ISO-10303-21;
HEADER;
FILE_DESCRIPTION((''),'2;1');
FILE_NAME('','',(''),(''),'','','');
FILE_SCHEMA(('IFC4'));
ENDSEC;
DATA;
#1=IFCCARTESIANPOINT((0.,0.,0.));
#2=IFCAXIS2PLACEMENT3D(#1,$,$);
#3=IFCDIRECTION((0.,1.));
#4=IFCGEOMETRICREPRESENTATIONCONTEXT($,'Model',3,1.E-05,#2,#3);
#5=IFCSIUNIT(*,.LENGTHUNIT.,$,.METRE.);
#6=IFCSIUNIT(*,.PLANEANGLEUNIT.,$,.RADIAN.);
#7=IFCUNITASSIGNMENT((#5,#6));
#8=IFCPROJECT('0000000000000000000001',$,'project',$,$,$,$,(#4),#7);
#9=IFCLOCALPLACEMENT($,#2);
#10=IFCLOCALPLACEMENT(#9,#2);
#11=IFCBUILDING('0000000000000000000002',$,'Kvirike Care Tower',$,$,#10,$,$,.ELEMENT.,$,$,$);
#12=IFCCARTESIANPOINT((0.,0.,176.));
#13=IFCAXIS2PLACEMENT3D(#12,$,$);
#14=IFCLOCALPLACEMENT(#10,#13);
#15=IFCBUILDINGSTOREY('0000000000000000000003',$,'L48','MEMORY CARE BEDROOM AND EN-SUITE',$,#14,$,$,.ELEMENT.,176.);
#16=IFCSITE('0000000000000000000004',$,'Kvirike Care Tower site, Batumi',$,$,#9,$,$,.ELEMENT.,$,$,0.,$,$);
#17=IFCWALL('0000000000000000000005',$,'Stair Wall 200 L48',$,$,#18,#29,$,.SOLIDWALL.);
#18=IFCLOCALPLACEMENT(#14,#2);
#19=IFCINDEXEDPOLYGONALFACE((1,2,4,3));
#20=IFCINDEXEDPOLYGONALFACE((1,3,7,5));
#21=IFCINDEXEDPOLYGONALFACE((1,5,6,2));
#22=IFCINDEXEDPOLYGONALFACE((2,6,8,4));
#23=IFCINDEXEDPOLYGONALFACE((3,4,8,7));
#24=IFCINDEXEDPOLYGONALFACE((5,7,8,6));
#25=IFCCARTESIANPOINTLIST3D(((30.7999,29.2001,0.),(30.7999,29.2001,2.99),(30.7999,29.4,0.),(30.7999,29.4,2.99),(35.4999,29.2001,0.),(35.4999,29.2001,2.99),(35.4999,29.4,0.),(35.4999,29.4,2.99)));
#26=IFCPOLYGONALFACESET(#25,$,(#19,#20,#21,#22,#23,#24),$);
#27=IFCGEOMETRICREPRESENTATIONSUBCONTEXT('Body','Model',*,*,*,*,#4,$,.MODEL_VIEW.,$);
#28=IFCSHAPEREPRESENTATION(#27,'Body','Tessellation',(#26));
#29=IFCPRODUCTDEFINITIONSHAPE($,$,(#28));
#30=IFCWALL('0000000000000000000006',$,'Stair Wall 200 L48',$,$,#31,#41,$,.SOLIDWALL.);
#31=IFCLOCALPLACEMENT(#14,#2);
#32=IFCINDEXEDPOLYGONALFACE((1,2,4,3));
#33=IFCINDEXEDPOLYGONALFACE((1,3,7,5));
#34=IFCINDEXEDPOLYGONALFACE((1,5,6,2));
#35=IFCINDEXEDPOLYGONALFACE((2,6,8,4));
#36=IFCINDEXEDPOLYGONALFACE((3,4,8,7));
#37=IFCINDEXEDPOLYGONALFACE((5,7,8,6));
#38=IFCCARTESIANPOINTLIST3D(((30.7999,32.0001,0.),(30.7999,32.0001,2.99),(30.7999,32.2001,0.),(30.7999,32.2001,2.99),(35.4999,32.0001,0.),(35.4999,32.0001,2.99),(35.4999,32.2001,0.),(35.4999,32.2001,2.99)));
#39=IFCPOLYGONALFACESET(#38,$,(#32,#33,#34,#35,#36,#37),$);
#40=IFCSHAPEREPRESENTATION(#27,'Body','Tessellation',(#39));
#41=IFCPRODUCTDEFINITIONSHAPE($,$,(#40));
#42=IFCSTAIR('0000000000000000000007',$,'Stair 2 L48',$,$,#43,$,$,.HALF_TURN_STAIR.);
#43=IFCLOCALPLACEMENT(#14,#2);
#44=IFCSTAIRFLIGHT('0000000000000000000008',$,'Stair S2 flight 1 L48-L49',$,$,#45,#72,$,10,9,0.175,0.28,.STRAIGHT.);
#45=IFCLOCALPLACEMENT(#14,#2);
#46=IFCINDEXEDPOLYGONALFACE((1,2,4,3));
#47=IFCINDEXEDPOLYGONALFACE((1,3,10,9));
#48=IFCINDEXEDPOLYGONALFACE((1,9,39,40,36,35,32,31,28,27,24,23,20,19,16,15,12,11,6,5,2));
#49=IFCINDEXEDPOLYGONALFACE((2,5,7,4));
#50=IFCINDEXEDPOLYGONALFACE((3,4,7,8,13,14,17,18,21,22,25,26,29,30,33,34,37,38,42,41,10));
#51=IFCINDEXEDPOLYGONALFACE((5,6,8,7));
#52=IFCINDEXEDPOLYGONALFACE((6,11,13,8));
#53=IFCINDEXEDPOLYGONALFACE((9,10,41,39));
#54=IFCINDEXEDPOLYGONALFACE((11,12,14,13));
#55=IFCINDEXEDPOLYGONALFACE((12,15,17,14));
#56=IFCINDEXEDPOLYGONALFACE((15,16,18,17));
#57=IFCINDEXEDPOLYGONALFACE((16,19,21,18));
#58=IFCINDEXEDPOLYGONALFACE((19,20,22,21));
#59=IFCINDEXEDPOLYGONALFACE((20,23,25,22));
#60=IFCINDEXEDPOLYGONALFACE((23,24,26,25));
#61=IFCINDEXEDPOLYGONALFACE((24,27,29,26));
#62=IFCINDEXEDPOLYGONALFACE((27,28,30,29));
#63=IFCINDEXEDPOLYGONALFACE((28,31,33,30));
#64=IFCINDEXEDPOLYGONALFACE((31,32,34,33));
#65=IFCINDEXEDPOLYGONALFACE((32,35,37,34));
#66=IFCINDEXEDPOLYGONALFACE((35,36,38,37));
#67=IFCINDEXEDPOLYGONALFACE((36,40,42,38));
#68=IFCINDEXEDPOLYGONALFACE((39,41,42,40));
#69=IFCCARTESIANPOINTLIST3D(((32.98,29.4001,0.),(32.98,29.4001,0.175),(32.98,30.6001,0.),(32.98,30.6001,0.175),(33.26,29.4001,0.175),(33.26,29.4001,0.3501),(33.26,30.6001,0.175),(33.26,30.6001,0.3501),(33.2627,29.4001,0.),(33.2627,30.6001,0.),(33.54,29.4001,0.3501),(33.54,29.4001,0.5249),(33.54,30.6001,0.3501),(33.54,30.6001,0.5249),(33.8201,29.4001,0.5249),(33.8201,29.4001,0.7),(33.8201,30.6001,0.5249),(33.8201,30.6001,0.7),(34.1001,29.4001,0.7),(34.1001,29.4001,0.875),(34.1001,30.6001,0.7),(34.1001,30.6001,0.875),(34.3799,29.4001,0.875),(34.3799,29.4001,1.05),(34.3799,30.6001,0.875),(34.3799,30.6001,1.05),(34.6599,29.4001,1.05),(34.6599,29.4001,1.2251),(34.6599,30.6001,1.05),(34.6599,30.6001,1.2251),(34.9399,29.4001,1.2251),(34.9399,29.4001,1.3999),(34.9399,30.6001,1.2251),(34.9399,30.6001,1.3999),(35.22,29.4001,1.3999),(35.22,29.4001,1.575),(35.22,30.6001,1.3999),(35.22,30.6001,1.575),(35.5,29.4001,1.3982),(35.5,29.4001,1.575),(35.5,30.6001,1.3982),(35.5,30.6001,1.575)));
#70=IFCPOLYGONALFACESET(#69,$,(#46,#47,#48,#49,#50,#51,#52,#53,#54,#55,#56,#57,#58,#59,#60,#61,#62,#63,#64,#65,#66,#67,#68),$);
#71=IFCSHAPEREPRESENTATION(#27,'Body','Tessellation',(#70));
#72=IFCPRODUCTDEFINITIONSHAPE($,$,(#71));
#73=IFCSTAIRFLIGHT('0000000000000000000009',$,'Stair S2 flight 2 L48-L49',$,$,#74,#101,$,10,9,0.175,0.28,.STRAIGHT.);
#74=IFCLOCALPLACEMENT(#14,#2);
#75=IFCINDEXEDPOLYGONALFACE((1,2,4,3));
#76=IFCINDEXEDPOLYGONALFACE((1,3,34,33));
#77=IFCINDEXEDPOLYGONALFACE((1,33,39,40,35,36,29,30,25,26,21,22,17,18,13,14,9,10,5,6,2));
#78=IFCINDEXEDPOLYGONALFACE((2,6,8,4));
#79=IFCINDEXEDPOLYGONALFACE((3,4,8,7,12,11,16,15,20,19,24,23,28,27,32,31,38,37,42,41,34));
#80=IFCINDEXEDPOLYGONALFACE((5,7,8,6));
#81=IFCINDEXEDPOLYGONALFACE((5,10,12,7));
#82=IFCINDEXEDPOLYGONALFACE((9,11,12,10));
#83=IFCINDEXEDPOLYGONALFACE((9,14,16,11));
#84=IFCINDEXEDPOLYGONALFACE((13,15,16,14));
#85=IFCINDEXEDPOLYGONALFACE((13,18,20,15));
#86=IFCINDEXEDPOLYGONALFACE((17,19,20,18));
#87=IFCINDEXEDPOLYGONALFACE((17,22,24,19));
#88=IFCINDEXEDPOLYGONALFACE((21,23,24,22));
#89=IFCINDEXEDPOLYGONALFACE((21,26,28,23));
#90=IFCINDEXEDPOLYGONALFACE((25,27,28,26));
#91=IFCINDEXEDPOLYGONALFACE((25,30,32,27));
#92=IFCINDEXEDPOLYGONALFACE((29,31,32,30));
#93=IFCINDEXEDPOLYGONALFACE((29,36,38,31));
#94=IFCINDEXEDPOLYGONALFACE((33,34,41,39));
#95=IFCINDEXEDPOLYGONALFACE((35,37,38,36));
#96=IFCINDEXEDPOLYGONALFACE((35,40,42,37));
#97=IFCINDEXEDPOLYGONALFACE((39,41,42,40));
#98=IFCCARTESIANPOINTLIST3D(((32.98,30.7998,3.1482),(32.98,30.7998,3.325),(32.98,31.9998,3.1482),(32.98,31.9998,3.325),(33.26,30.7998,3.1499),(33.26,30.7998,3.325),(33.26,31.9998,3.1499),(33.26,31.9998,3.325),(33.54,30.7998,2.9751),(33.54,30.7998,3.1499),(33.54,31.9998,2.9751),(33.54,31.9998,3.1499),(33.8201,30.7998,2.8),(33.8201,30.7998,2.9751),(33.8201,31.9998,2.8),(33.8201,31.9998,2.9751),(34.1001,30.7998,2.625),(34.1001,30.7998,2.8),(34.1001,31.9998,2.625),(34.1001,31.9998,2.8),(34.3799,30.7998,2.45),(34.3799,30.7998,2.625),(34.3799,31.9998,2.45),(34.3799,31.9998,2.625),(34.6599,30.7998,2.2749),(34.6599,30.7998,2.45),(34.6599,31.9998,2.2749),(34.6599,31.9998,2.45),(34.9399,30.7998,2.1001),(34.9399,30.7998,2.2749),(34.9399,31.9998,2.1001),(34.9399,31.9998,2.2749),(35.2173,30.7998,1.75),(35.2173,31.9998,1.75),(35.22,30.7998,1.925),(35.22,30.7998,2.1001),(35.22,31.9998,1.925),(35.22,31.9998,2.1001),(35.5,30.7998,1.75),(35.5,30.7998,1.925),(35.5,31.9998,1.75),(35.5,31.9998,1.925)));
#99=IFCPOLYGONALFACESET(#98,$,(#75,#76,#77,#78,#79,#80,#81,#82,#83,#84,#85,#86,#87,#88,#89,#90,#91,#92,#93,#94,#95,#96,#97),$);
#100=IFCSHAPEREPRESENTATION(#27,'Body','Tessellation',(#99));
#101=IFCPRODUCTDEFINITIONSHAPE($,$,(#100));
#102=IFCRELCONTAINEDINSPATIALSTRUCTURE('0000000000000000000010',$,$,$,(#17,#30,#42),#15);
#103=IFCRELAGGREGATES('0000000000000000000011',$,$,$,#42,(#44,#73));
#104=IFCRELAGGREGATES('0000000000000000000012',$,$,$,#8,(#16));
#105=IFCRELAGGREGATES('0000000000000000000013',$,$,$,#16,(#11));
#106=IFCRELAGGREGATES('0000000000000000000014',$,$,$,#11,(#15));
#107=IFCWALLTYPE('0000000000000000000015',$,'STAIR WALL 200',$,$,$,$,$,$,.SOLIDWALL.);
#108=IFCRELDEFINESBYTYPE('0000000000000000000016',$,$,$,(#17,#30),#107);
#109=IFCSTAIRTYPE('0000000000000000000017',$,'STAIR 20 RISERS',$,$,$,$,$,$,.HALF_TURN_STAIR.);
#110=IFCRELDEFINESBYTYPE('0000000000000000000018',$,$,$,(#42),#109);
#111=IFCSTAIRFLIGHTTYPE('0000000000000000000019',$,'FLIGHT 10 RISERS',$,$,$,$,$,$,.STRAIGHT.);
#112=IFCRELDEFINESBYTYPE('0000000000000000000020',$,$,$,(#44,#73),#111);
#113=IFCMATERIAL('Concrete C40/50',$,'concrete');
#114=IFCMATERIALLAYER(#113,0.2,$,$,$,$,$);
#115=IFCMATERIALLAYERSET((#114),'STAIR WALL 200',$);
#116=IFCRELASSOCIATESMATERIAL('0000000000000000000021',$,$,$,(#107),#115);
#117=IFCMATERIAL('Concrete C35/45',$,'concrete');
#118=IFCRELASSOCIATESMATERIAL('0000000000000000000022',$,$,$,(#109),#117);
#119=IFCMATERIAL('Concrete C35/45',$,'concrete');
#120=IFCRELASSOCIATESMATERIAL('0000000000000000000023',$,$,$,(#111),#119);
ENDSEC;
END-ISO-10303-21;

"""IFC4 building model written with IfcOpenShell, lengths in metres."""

from ifc_helpers import new_model, si_unit, direction, frame, frame_2d, origin, place, context, subcontext, project, spatial, polyline, rectangle, outline, extrude, material, layer, layer_set, type_object, element, aggregate, save


model = new_model("IFC4")

# Units and contexts
model_context = context("Model", 3, precision=1e-05, world=origin(), true_north=direction((0.0, 1.0)))
body_context = subcontext(model_context, "Body", "Model", "MODEL_VIEW")
ifc_project = project(units=[si_unit("LENGTHUNIT", "METRE"), si_unit("PLANEANGLEUNIT", "RADIAN")], contexts=[model_context])

# Site, building, storey
site_placement = place(None, origin())
site = spatial("IfcSite", under=ifc_project, at=site_placement, Name="Kvirike Care Tower site, Batumi", CompositionType="ELEMENT", RefElevation=0.0)
building_placement = place(site_placement, origin())
building = spatial("IfcBuilding", under=site, at=building_placement, Name="Kvirike Care Tower", CompositionType="ELEMENT")
storey_placement = place(building_placement, frame((0.0, 0.0, 176.0)))
storey = spatial("IfcBuildingStorey", under=building, at=storey_placement, Name="L48", Description="MEMORY CARE BEDROOM AND EN-SUITE", CompositionType="ELEMENT", Elevation=176.0)

# Walls
ifc_material_1 = material(Name="Concrete C40/50", Category="concrete")
ifc_layer_1 = layer(ifc_material_1, 0.2)
ifc_layer_set_1 = layer_set([ifc_layer_1], Name="STAIR WALL 200")
wall_type_1 = type_object("IfcWallType", Name="STAIR WALL 200", PredefinedType="SOLIDWALL", material=ifc_layer_set_1)
for number, where, z_axis, x_axis, name in (
    (1, (35.5, 29.3, 0.0), (0.0, 0.0, 1.0), (-1.0, 0.0, 0.0), "Stair Wall 200 L48"),
    (2, (35.5, 32.1001, 0.0), (0.0, 0.0, 1.0), (-1.0, 0.0, 0.0), "Stair Wall 200 L48"),
):
    element("IfcWall", number, at=place(storey_placement, frame(where, z_axis=z_axis, x_axis=x_axis)), inside=storey, type_object=wall_type_1, Name=name, PredefinedType="SOLIDWALL", context=body_context, shape_type="SweptSolid", body=[
        extrude(rectangle(XDim=4.7, YDim=0.2, at=frame_2d((2.3501, 0.0))), origin(), (0.0, 0.0, 1.0), 2.99),
    ])

# Stair, stair flights
ifc_material_2 = material(Name="Concrete C35/45", Category="concrete")
stair_type = type_object("IfcStairType", Name="STAIR 20 RISERS", PredefinedType="HALF_TURN_STAIR", material=ifc_material_2)
stair_placement = place(storey_placement, origin())
stair = element("IfcStair", 3, at=stair_placement, inside=storey, type_object=stair_type, Name="Stair 2 L48", PredefinedType="HALF_TURN_STAIR")
ifc_material_3 = material(Name="Concrete C35/45", Category="concrete")
stair_flight_type = type_object("IfcStairFlightType", Name="FLIGHT 10 RISERS", PredefinedType="STRAIGHT", material=ifc_material_3)
stair_flight_1_placement = place(storey_placement, frame((32.98, 30.0, 0.0), z_axis=(0.0, 0.0, 1.0), x_axis=(1.0, 0.0, 0.0)))
stair_flight_1 = element("IfcStairFlight", 4, at=stair_flight_1_placement, type_object=stair_flight_type, Name="Stair S2 flight 1 L48-L49", NumberOfRisers=10, NumberOfTreads=9, PredefinedType="STRAIGHT", RiserHeight=0.175, TreadLength=0.28, context=body_context, shape_type="SweptSolid", body=[
    extrude(outline(polyline([(0.0, 0.0), (0.0, 0.175), (0.28, 0.175), (0.28, 0.3501), (0.5601, 0.3501), (0.5601, 0.5249), (0.8401, 0.5249), (0.8401, 0.7), (1.1201, 0.7), (1.1201, 0.875), (1.3999, 0.875), (1.3999, 1.05), (1.6799, 1.05), (1.6799, 1.2251), (1.96, 1.2251), (1.96, 1.3999), (2.24, 1.3999), (2.24, 1.575), (2.52, 1.575), (2.52, 1.75), (2.52, 1.3982), (0.2827, 0.0), (0.0, 0.0)])), frame((0.0, 0.6001, 0.0), z_axis=(0.0, -1.0, 0.0), x_axis=(1.0, 0.0, 0.0)), (0.0, 0.0, 1.0), 1.2),
])
stair_flight_2_placement = place(storey_placement, frame((35.5, 31.3999, 1.75), z_axis=(0.0, 0.0, 1.0), x_axis=(-1.0, 0.0, 0.0)))
stair_flight_2 = element("IfcStairFlight", 5, at=stair_flight_2_placement, type_object=stair_flight_type, Name="Stair S2 flight 2 L48-L49", NumberOfRisers=10, NumberOfTreads=9, PredefinedType="STRAIGHT", RiserHeight=0.175, TreadLength=0.28, context=body_context, shape_type="SweptSolid", body=[
    extrude(outline(polyline([(0.0, 0.0), (0.0, 0.175), (0.28, 0.175), (0.28, 0.3501), (0.5601, 0.3501), (0.5601, 0.5249), (0.8401, 0.5249), (0.8401, 0.7), (1.1201, 0.7), (1.1201, 0.875), (1.3999, 0.875), (1.3999, 1.05), (1.6799, 1.05), (1.6799, 1.2251), (1.96, 1.2251), (1.96, 1.3999), (2.24, 1.3999), (2.24, 1.575), (2.52, 1.575), (2.52, 1.75), (2.52, 1.3982), (0.2827, 0.0), (0.0, 0.0)])), frame((0.0, 0.6001, 0.0), z_axis=(0.0, -1.0, 0.0), x_axis=(1.0, 0.0, 0.0)), (0.0, 0.0, 1.0), 1.2),
])
aggregate(stair, [stair_flight_1, stair_flight_2])

save(model, "model.ifc")
